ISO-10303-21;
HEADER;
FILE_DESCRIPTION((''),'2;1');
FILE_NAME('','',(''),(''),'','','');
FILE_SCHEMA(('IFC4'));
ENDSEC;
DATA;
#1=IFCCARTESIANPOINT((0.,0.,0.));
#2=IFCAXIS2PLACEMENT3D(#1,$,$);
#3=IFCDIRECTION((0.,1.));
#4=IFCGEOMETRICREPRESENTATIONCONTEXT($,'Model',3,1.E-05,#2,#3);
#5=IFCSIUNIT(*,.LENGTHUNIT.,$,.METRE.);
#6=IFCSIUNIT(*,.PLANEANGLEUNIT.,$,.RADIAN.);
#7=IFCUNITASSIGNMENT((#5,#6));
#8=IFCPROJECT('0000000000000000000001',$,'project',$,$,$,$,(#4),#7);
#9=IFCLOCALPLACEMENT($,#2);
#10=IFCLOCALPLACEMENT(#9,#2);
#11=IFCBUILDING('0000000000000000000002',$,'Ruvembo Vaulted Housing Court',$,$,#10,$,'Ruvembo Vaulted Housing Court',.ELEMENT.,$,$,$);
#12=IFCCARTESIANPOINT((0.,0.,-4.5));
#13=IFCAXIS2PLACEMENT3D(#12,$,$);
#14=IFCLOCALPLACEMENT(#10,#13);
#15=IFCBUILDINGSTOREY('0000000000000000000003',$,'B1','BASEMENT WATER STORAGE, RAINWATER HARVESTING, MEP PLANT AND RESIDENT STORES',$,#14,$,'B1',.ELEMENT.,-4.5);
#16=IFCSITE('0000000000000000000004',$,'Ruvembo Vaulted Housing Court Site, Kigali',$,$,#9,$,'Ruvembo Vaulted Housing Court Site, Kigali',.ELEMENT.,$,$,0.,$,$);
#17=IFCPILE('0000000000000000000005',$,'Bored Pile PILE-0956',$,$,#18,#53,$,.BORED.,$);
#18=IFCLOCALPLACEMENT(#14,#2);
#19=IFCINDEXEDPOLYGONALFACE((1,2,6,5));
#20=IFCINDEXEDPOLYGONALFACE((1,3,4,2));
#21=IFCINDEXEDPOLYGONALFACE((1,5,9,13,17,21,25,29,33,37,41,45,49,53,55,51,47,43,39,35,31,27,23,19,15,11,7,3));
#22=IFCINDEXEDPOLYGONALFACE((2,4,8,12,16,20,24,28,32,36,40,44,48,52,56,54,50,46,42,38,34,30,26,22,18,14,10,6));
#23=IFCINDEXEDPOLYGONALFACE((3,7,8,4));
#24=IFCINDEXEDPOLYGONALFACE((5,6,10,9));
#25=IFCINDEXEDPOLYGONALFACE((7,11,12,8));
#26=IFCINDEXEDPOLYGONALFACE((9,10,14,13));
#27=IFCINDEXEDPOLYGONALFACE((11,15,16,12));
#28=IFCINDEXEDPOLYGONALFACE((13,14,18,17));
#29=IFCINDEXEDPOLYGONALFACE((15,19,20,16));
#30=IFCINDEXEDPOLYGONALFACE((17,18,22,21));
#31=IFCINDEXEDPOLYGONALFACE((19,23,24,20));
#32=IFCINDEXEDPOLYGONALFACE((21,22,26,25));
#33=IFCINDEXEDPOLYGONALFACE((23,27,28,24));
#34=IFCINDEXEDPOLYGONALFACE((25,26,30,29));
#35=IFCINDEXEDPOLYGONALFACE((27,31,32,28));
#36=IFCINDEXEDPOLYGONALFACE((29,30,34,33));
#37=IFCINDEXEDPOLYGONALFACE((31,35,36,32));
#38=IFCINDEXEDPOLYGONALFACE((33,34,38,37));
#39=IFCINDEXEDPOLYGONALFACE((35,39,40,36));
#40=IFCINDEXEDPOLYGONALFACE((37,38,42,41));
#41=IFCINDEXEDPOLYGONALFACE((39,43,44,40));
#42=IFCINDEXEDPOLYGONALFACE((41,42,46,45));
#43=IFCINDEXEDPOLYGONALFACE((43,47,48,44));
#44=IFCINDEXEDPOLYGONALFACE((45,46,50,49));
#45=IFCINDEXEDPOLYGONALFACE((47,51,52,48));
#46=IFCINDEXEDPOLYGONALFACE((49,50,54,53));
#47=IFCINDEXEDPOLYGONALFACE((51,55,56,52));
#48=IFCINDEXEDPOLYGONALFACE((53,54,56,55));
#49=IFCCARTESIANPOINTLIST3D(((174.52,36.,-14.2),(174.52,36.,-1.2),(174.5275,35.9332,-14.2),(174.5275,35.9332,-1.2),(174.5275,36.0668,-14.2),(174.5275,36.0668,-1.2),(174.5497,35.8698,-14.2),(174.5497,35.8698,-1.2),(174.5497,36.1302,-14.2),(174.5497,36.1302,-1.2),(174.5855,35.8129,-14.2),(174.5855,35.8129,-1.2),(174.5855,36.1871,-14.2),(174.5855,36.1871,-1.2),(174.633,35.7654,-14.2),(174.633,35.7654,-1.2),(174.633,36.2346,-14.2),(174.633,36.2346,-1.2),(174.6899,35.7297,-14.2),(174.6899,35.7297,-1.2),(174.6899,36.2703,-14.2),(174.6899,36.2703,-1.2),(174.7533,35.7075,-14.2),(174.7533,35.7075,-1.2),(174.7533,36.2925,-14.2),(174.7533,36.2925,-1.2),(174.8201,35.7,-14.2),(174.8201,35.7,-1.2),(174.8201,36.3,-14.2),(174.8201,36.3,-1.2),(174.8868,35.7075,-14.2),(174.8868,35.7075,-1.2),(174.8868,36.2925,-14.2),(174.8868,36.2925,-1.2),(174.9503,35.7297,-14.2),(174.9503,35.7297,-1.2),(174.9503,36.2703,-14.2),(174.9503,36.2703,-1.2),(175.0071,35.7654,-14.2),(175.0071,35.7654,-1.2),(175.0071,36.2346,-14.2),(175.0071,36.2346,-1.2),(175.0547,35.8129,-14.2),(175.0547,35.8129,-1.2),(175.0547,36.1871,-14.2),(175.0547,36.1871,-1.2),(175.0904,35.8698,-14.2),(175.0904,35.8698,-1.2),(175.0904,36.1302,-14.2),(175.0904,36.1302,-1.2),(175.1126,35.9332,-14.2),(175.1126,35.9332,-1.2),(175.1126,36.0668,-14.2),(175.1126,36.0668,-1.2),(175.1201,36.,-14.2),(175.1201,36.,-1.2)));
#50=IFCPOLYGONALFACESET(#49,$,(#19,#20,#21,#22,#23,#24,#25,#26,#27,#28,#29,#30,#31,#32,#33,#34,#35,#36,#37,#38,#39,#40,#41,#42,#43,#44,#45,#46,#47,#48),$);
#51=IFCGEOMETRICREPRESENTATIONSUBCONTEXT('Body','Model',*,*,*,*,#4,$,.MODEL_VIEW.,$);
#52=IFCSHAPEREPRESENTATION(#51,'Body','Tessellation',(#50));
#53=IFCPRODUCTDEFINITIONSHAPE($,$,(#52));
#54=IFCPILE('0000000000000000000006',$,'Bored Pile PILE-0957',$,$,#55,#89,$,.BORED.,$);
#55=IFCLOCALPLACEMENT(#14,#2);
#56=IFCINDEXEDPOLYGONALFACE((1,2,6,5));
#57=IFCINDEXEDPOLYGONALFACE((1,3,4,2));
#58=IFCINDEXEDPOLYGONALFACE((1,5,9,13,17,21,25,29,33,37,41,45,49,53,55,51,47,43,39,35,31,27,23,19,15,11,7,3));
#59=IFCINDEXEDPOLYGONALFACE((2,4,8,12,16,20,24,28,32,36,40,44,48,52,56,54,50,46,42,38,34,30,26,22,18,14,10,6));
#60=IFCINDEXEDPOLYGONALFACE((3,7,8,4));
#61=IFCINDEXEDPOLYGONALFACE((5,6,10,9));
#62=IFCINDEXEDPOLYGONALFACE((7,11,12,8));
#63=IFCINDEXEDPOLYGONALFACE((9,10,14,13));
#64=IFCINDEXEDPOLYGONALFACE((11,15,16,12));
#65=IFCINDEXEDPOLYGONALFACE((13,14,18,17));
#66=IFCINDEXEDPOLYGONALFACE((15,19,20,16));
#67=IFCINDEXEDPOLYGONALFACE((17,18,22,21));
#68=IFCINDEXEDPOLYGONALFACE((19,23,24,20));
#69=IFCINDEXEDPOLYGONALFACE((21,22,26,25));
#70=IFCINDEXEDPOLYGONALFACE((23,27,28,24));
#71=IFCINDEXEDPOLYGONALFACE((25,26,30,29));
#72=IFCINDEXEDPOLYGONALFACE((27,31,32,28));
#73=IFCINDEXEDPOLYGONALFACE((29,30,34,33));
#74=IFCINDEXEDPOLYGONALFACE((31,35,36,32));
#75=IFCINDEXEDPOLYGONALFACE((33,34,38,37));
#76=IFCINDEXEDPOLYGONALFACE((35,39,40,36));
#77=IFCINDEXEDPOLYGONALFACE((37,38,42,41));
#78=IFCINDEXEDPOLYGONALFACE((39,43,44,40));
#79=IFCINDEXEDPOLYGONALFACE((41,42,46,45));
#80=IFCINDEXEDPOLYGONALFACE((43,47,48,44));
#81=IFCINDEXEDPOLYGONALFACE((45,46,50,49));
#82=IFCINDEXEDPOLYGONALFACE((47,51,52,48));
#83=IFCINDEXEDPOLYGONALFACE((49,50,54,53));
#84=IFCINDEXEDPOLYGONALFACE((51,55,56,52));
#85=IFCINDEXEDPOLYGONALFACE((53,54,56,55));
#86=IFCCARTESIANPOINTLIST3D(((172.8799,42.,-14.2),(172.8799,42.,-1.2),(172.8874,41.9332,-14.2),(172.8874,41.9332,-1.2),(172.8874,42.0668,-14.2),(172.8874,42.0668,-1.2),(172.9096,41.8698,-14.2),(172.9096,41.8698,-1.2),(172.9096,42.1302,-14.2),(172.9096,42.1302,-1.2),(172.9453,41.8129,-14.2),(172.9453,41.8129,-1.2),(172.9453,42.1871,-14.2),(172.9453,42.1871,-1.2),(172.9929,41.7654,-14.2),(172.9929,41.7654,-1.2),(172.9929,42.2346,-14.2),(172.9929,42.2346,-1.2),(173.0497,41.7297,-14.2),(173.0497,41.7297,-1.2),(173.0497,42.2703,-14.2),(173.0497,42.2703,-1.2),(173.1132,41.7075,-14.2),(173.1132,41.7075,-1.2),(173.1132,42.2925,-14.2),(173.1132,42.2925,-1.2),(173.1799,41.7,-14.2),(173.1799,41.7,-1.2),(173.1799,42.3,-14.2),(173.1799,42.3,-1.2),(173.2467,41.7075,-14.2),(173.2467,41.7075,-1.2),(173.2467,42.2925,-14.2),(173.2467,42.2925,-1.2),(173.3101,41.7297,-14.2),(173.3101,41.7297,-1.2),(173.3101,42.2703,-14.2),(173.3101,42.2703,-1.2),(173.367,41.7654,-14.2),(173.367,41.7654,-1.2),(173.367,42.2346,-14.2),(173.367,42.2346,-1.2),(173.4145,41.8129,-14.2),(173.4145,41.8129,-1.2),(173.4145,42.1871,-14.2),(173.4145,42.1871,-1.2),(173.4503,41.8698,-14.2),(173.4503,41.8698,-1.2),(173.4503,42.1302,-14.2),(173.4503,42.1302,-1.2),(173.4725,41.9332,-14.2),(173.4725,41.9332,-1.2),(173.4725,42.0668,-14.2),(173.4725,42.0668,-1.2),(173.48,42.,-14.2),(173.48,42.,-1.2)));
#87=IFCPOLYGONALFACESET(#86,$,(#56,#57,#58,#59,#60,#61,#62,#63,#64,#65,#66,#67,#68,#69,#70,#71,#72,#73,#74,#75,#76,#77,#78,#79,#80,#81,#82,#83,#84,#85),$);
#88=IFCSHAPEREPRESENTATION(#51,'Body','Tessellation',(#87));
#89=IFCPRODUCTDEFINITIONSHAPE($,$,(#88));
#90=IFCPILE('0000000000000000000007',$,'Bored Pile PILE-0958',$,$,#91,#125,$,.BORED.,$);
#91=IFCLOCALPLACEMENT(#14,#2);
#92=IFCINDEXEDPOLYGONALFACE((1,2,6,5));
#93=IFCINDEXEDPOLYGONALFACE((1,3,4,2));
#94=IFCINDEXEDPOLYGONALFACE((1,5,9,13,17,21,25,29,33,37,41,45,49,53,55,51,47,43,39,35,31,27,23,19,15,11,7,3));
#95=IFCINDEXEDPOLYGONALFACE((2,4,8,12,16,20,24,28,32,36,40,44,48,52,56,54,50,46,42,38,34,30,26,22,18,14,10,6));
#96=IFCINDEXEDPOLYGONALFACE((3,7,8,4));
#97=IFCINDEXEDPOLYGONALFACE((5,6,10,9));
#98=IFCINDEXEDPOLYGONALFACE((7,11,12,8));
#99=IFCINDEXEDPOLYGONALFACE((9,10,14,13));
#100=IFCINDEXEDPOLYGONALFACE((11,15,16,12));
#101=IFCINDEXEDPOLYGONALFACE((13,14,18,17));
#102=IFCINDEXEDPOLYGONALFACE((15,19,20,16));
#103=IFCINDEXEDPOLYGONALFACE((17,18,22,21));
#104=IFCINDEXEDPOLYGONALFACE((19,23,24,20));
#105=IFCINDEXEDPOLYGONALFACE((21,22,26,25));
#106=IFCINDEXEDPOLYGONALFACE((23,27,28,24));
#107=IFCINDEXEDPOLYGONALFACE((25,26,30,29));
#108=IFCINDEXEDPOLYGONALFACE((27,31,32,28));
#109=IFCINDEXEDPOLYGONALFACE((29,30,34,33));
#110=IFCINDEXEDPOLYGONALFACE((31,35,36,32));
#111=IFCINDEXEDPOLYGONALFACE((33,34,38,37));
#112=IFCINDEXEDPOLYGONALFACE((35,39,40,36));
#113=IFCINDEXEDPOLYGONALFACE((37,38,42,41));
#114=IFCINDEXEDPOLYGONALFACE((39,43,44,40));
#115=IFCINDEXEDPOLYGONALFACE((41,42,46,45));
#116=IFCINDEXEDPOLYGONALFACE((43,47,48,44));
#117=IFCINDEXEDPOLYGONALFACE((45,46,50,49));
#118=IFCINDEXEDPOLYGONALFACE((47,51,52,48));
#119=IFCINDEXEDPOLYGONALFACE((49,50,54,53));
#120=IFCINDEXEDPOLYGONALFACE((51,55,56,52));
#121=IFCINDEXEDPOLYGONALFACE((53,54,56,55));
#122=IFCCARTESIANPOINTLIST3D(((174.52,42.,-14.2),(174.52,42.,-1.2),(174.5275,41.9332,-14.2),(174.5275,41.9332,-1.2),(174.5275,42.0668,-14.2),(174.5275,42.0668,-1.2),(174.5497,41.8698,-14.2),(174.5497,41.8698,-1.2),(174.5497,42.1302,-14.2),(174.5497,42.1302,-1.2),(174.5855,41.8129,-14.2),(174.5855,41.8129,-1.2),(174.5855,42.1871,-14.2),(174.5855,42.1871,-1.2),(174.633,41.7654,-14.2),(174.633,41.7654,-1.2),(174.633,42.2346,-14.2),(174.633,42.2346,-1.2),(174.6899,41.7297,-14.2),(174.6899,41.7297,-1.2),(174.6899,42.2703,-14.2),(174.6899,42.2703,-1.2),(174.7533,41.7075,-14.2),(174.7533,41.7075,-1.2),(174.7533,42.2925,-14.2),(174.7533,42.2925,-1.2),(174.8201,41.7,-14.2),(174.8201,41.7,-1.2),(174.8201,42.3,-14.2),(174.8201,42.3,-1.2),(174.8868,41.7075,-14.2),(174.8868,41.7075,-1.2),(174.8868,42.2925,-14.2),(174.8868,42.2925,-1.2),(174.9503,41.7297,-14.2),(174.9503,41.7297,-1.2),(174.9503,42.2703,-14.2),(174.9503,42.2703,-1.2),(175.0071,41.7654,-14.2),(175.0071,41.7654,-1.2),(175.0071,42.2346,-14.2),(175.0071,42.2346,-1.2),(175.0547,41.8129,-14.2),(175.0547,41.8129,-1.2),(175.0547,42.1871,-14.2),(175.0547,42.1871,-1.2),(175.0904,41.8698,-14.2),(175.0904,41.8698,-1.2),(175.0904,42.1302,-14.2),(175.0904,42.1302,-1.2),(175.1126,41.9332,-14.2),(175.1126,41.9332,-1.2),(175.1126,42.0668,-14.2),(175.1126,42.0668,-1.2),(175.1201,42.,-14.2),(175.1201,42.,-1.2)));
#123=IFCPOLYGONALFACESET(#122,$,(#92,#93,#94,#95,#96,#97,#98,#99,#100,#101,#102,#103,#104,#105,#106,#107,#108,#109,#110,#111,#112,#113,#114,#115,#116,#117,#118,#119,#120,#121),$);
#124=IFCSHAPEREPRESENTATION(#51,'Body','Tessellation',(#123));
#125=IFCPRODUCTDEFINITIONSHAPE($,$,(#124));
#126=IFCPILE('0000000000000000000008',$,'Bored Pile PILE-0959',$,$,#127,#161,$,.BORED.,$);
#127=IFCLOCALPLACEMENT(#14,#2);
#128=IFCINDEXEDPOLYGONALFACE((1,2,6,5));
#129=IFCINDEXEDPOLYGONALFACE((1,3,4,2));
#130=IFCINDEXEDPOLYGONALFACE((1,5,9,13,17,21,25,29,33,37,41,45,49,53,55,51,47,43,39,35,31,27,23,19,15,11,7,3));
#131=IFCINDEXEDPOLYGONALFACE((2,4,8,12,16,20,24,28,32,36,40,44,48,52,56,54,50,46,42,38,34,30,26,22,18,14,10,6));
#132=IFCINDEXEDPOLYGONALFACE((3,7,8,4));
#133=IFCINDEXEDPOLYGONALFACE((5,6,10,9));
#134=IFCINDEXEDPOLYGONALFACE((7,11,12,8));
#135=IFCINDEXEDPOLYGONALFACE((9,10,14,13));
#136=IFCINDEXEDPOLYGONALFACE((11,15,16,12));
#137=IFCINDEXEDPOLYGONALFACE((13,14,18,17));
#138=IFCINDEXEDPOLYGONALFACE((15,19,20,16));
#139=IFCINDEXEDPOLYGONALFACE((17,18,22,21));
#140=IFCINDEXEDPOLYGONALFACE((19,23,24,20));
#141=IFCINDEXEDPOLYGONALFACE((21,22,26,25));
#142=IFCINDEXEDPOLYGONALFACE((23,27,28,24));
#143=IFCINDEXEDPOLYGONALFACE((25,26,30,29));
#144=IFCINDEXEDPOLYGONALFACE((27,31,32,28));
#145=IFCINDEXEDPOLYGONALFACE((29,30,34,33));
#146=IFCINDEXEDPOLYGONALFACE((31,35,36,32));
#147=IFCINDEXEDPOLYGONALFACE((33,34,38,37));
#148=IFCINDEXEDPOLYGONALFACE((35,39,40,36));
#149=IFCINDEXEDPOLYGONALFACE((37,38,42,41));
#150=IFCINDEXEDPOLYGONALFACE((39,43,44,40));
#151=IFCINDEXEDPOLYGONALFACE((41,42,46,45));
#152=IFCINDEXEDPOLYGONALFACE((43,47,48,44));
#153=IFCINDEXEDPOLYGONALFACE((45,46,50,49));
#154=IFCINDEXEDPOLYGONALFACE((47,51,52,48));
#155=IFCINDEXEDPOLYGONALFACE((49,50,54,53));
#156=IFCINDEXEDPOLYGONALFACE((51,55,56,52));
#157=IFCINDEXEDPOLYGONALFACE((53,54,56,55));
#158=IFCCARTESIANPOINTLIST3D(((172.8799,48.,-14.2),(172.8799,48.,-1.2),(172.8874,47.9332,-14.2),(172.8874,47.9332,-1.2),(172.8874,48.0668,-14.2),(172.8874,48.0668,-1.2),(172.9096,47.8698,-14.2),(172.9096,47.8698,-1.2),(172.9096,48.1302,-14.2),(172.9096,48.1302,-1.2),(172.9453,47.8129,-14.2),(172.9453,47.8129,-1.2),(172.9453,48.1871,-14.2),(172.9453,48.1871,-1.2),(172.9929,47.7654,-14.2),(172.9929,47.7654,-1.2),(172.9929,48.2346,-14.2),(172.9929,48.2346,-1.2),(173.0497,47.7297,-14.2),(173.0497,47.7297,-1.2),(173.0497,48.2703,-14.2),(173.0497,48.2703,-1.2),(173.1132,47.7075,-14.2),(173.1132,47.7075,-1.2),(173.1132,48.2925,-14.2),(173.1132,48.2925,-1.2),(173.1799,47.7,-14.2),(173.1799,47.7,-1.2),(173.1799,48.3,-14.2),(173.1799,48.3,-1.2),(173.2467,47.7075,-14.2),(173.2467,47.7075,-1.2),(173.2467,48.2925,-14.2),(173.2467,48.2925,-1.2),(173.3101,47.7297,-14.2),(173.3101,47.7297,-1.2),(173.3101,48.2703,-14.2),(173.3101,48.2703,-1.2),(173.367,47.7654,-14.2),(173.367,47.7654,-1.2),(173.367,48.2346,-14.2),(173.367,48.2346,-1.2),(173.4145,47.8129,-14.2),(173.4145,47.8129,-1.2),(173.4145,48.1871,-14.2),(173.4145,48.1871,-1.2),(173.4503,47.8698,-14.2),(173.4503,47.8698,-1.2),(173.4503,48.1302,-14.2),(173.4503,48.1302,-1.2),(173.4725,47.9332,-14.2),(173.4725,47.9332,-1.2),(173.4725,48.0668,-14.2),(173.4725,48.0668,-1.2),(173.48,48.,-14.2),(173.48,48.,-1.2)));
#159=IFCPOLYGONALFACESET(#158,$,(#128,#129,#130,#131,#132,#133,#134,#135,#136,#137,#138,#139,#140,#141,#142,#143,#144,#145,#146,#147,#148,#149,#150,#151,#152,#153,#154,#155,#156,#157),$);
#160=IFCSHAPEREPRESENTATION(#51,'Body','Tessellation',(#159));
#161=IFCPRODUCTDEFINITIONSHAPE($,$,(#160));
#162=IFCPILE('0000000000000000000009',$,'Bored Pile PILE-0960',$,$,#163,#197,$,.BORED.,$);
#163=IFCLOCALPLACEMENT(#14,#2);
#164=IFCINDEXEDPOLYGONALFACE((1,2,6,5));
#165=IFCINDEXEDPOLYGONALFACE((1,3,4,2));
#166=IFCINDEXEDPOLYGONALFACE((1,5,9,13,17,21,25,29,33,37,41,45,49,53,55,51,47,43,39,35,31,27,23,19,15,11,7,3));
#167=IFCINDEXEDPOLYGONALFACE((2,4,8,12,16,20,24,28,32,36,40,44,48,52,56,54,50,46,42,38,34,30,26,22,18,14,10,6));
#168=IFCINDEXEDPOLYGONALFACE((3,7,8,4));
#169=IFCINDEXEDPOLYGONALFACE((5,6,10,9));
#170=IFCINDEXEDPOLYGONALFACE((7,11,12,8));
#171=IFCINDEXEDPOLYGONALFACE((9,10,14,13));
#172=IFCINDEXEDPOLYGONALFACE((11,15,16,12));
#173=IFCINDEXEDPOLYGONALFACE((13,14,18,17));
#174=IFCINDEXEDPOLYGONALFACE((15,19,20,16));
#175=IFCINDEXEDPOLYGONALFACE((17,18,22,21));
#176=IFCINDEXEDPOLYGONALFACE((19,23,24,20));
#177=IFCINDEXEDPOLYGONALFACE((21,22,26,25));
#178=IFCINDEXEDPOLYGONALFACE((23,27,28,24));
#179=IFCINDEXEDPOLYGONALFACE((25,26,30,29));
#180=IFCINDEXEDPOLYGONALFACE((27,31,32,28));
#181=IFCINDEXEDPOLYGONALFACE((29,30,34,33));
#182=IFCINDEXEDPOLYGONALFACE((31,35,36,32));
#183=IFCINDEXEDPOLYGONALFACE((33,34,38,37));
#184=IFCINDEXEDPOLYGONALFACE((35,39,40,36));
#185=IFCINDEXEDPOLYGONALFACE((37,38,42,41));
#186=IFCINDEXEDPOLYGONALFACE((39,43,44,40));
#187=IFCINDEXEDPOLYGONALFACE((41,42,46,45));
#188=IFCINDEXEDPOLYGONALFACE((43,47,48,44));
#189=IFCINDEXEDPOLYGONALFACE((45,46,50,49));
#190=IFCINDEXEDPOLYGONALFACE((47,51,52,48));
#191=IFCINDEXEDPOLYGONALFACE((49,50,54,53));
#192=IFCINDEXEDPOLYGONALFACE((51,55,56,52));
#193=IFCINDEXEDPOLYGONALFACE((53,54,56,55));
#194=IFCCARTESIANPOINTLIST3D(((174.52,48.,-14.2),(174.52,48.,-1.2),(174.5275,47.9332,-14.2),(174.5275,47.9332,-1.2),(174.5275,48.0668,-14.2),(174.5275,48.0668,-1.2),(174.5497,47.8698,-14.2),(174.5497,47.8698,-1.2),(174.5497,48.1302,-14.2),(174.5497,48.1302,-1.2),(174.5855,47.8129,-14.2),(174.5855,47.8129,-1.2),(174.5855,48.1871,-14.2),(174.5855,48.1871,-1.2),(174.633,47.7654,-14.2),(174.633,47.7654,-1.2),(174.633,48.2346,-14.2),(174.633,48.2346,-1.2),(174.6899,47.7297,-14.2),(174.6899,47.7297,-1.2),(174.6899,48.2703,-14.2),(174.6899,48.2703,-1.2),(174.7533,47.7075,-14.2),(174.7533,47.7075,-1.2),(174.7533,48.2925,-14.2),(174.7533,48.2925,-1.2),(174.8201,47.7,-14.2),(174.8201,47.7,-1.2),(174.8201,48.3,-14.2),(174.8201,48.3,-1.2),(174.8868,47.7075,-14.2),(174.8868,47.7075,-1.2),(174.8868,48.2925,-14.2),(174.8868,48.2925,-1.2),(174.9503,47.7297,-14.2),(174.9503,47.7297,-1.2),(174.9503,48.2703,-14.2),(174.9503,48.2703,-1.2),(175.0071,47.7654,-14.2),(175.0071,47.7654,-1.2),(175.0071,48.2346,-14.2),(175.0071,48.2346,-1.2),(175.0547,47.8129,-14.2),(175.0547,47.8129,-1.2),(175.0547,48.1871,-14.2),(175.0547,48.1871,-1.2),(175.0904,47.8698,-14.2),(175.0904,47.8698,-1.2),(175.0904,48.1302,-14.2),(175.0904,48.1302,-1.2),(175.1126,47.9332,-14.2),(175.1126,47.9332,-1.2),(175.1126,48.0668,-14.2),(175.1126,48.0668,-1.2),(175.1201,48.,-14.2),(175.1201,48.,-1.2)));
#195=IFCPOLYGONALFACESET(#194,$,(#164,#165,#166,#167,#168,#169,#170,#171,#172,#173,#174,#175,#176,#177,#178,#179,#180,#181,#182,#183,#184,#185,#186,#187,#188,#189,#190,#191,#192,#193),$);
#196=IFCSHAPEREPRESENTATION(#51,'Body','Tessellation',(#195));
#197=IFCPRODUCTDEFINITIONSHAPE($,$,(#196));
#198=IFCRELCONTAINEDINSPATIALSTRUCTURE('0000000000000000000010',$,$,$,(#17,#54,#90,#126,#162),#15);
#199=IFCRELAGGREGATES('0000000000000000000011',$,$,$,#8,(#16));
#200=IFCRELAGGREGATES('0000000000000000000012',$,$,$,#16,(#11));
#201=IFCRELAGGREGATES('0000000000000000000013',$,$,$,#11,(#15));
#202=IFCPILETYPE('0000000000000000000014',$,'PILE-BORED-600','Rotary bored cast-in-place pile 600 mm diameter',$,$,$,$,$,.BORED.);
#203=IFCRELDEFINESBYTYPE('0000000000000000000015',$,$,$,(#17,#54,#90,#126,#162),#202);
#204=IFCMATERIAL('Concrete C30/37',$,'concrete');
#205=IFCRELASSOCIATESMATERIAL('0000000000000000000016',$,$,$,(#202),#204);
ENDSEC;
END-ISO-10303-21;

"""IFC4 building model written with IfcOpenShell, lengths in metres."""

from ifc_helpers import new_model, si_unit, direction, frame, origin, origin_2d, place, context, subcontext, project, spatial, circle, extrude, material, material_profile, profile_set, type_object, element, save


model = new_model("IFC4")

# Units and contexts
model_context = context("Model", 3, precision=1e-05, world=origin(), true_north=direction((0.0, 1.0)))
body_context = subcontext(model_context, "Body", "Model", "MODEL_VIEW")
ifc_project = project(units=[si_unit("LENGTHUNIT", "METRE"), si_unit("PLANEANGLEUNIT", "RADIAN")], contexts=[model_context])

# Site, building, storey
site_placement = place(None, origin())
site = spatial("IfcSite", under=ifc_project, at=site_placement, Name="Ruvembo Vaulted Housing Court Site, Kigali", LongName="Ruvembo Vaulted Housing Court Site, Kigali", CompositionType="ELEMENT", RefElevation=0.0)
building_placement = place(site_placement, origin())
building = spatial("IfcBuilding", under=site, at=building_placement, Name="Ruvembo Vaulted Housing Court", LongName="Ruvembo Vaulted Housing Court", CompositionType="ELEMENT")
storey_placement = place(building_placement, frame((0.0, 0.0, -4.5)))
storey = spatial("IfcBuildingStorey", under=building, at=storey_placement, Name="B1", Description="BASEMENT WATER STORAGE, RAINWATER HARVESTING, MEP PLANT AND RESIDENT STORES", LongName="B1", CompositionType="ELEMENT", Elevation=-4.5)

# Piles
ifc_material_1 = material(Name="Concrete C30/37", Category="concrete")
ifc_material_profile_1 = material_profile(ifc_material_1, circle(Radius=0.3, at=origin_2d()), Name="PILE D600")
ifc_profile_set_1 = profile_set([ifc_material_profile_1], Name="Concrete C30/37")
pile_type = type_object("IfcPileType", Name="PILE-BORED-600", Description="Rotary bored cast-in-place pile 600 mm diameter", PredefinedType="BORED", material=ifc_profile_set_1)
for number, where, z_axis, x_axis, name in (
    (1, (174.8201, 36.0, -1.2), (0.0, 0.0, -1.0), (1.0, 0.0, 0.0), "Bored Pile PILE-0956"),
    (2, (173.1799, 42.0, -1.2), (0.0, 0.0, -1.0), (1.0, 0.0, 0.0), "Bored Pile PILE-0957"),
    (3, (174.8201, 42.0, -1.2), (0.0, 0.0, -1.0), (1.0, 0.0, 0.0), "Bored Pile PILE-0958"),
    (4, (173.1799, 48.0, -1.2), (0.0, 0.0, -1.0), (1.0, 0.0, 0.0), "Bored Pile PILE-0959"),
    (5, (174.8201, 48.0, -1.2), (0.0, 0.0, -1.0), (1.0, 0.0, 0.0), "Bored Pile PILE-0960"),
):
    element("IfcPile", number, at=place(storey_placement, frame(where, z_axis=z_axis, x_axis=x_axis)), inside=storey, type_object=pile_type, Name=name, PredefinedType="BORED", context=body_context, shape_type="SweptSolid", body=[
        extrude(circle(Radius=0.3, at=origin_2d()), origin(), (0.0, 0.0, 1.0), 13.0),
    ])

save(model, "model.ifc")
